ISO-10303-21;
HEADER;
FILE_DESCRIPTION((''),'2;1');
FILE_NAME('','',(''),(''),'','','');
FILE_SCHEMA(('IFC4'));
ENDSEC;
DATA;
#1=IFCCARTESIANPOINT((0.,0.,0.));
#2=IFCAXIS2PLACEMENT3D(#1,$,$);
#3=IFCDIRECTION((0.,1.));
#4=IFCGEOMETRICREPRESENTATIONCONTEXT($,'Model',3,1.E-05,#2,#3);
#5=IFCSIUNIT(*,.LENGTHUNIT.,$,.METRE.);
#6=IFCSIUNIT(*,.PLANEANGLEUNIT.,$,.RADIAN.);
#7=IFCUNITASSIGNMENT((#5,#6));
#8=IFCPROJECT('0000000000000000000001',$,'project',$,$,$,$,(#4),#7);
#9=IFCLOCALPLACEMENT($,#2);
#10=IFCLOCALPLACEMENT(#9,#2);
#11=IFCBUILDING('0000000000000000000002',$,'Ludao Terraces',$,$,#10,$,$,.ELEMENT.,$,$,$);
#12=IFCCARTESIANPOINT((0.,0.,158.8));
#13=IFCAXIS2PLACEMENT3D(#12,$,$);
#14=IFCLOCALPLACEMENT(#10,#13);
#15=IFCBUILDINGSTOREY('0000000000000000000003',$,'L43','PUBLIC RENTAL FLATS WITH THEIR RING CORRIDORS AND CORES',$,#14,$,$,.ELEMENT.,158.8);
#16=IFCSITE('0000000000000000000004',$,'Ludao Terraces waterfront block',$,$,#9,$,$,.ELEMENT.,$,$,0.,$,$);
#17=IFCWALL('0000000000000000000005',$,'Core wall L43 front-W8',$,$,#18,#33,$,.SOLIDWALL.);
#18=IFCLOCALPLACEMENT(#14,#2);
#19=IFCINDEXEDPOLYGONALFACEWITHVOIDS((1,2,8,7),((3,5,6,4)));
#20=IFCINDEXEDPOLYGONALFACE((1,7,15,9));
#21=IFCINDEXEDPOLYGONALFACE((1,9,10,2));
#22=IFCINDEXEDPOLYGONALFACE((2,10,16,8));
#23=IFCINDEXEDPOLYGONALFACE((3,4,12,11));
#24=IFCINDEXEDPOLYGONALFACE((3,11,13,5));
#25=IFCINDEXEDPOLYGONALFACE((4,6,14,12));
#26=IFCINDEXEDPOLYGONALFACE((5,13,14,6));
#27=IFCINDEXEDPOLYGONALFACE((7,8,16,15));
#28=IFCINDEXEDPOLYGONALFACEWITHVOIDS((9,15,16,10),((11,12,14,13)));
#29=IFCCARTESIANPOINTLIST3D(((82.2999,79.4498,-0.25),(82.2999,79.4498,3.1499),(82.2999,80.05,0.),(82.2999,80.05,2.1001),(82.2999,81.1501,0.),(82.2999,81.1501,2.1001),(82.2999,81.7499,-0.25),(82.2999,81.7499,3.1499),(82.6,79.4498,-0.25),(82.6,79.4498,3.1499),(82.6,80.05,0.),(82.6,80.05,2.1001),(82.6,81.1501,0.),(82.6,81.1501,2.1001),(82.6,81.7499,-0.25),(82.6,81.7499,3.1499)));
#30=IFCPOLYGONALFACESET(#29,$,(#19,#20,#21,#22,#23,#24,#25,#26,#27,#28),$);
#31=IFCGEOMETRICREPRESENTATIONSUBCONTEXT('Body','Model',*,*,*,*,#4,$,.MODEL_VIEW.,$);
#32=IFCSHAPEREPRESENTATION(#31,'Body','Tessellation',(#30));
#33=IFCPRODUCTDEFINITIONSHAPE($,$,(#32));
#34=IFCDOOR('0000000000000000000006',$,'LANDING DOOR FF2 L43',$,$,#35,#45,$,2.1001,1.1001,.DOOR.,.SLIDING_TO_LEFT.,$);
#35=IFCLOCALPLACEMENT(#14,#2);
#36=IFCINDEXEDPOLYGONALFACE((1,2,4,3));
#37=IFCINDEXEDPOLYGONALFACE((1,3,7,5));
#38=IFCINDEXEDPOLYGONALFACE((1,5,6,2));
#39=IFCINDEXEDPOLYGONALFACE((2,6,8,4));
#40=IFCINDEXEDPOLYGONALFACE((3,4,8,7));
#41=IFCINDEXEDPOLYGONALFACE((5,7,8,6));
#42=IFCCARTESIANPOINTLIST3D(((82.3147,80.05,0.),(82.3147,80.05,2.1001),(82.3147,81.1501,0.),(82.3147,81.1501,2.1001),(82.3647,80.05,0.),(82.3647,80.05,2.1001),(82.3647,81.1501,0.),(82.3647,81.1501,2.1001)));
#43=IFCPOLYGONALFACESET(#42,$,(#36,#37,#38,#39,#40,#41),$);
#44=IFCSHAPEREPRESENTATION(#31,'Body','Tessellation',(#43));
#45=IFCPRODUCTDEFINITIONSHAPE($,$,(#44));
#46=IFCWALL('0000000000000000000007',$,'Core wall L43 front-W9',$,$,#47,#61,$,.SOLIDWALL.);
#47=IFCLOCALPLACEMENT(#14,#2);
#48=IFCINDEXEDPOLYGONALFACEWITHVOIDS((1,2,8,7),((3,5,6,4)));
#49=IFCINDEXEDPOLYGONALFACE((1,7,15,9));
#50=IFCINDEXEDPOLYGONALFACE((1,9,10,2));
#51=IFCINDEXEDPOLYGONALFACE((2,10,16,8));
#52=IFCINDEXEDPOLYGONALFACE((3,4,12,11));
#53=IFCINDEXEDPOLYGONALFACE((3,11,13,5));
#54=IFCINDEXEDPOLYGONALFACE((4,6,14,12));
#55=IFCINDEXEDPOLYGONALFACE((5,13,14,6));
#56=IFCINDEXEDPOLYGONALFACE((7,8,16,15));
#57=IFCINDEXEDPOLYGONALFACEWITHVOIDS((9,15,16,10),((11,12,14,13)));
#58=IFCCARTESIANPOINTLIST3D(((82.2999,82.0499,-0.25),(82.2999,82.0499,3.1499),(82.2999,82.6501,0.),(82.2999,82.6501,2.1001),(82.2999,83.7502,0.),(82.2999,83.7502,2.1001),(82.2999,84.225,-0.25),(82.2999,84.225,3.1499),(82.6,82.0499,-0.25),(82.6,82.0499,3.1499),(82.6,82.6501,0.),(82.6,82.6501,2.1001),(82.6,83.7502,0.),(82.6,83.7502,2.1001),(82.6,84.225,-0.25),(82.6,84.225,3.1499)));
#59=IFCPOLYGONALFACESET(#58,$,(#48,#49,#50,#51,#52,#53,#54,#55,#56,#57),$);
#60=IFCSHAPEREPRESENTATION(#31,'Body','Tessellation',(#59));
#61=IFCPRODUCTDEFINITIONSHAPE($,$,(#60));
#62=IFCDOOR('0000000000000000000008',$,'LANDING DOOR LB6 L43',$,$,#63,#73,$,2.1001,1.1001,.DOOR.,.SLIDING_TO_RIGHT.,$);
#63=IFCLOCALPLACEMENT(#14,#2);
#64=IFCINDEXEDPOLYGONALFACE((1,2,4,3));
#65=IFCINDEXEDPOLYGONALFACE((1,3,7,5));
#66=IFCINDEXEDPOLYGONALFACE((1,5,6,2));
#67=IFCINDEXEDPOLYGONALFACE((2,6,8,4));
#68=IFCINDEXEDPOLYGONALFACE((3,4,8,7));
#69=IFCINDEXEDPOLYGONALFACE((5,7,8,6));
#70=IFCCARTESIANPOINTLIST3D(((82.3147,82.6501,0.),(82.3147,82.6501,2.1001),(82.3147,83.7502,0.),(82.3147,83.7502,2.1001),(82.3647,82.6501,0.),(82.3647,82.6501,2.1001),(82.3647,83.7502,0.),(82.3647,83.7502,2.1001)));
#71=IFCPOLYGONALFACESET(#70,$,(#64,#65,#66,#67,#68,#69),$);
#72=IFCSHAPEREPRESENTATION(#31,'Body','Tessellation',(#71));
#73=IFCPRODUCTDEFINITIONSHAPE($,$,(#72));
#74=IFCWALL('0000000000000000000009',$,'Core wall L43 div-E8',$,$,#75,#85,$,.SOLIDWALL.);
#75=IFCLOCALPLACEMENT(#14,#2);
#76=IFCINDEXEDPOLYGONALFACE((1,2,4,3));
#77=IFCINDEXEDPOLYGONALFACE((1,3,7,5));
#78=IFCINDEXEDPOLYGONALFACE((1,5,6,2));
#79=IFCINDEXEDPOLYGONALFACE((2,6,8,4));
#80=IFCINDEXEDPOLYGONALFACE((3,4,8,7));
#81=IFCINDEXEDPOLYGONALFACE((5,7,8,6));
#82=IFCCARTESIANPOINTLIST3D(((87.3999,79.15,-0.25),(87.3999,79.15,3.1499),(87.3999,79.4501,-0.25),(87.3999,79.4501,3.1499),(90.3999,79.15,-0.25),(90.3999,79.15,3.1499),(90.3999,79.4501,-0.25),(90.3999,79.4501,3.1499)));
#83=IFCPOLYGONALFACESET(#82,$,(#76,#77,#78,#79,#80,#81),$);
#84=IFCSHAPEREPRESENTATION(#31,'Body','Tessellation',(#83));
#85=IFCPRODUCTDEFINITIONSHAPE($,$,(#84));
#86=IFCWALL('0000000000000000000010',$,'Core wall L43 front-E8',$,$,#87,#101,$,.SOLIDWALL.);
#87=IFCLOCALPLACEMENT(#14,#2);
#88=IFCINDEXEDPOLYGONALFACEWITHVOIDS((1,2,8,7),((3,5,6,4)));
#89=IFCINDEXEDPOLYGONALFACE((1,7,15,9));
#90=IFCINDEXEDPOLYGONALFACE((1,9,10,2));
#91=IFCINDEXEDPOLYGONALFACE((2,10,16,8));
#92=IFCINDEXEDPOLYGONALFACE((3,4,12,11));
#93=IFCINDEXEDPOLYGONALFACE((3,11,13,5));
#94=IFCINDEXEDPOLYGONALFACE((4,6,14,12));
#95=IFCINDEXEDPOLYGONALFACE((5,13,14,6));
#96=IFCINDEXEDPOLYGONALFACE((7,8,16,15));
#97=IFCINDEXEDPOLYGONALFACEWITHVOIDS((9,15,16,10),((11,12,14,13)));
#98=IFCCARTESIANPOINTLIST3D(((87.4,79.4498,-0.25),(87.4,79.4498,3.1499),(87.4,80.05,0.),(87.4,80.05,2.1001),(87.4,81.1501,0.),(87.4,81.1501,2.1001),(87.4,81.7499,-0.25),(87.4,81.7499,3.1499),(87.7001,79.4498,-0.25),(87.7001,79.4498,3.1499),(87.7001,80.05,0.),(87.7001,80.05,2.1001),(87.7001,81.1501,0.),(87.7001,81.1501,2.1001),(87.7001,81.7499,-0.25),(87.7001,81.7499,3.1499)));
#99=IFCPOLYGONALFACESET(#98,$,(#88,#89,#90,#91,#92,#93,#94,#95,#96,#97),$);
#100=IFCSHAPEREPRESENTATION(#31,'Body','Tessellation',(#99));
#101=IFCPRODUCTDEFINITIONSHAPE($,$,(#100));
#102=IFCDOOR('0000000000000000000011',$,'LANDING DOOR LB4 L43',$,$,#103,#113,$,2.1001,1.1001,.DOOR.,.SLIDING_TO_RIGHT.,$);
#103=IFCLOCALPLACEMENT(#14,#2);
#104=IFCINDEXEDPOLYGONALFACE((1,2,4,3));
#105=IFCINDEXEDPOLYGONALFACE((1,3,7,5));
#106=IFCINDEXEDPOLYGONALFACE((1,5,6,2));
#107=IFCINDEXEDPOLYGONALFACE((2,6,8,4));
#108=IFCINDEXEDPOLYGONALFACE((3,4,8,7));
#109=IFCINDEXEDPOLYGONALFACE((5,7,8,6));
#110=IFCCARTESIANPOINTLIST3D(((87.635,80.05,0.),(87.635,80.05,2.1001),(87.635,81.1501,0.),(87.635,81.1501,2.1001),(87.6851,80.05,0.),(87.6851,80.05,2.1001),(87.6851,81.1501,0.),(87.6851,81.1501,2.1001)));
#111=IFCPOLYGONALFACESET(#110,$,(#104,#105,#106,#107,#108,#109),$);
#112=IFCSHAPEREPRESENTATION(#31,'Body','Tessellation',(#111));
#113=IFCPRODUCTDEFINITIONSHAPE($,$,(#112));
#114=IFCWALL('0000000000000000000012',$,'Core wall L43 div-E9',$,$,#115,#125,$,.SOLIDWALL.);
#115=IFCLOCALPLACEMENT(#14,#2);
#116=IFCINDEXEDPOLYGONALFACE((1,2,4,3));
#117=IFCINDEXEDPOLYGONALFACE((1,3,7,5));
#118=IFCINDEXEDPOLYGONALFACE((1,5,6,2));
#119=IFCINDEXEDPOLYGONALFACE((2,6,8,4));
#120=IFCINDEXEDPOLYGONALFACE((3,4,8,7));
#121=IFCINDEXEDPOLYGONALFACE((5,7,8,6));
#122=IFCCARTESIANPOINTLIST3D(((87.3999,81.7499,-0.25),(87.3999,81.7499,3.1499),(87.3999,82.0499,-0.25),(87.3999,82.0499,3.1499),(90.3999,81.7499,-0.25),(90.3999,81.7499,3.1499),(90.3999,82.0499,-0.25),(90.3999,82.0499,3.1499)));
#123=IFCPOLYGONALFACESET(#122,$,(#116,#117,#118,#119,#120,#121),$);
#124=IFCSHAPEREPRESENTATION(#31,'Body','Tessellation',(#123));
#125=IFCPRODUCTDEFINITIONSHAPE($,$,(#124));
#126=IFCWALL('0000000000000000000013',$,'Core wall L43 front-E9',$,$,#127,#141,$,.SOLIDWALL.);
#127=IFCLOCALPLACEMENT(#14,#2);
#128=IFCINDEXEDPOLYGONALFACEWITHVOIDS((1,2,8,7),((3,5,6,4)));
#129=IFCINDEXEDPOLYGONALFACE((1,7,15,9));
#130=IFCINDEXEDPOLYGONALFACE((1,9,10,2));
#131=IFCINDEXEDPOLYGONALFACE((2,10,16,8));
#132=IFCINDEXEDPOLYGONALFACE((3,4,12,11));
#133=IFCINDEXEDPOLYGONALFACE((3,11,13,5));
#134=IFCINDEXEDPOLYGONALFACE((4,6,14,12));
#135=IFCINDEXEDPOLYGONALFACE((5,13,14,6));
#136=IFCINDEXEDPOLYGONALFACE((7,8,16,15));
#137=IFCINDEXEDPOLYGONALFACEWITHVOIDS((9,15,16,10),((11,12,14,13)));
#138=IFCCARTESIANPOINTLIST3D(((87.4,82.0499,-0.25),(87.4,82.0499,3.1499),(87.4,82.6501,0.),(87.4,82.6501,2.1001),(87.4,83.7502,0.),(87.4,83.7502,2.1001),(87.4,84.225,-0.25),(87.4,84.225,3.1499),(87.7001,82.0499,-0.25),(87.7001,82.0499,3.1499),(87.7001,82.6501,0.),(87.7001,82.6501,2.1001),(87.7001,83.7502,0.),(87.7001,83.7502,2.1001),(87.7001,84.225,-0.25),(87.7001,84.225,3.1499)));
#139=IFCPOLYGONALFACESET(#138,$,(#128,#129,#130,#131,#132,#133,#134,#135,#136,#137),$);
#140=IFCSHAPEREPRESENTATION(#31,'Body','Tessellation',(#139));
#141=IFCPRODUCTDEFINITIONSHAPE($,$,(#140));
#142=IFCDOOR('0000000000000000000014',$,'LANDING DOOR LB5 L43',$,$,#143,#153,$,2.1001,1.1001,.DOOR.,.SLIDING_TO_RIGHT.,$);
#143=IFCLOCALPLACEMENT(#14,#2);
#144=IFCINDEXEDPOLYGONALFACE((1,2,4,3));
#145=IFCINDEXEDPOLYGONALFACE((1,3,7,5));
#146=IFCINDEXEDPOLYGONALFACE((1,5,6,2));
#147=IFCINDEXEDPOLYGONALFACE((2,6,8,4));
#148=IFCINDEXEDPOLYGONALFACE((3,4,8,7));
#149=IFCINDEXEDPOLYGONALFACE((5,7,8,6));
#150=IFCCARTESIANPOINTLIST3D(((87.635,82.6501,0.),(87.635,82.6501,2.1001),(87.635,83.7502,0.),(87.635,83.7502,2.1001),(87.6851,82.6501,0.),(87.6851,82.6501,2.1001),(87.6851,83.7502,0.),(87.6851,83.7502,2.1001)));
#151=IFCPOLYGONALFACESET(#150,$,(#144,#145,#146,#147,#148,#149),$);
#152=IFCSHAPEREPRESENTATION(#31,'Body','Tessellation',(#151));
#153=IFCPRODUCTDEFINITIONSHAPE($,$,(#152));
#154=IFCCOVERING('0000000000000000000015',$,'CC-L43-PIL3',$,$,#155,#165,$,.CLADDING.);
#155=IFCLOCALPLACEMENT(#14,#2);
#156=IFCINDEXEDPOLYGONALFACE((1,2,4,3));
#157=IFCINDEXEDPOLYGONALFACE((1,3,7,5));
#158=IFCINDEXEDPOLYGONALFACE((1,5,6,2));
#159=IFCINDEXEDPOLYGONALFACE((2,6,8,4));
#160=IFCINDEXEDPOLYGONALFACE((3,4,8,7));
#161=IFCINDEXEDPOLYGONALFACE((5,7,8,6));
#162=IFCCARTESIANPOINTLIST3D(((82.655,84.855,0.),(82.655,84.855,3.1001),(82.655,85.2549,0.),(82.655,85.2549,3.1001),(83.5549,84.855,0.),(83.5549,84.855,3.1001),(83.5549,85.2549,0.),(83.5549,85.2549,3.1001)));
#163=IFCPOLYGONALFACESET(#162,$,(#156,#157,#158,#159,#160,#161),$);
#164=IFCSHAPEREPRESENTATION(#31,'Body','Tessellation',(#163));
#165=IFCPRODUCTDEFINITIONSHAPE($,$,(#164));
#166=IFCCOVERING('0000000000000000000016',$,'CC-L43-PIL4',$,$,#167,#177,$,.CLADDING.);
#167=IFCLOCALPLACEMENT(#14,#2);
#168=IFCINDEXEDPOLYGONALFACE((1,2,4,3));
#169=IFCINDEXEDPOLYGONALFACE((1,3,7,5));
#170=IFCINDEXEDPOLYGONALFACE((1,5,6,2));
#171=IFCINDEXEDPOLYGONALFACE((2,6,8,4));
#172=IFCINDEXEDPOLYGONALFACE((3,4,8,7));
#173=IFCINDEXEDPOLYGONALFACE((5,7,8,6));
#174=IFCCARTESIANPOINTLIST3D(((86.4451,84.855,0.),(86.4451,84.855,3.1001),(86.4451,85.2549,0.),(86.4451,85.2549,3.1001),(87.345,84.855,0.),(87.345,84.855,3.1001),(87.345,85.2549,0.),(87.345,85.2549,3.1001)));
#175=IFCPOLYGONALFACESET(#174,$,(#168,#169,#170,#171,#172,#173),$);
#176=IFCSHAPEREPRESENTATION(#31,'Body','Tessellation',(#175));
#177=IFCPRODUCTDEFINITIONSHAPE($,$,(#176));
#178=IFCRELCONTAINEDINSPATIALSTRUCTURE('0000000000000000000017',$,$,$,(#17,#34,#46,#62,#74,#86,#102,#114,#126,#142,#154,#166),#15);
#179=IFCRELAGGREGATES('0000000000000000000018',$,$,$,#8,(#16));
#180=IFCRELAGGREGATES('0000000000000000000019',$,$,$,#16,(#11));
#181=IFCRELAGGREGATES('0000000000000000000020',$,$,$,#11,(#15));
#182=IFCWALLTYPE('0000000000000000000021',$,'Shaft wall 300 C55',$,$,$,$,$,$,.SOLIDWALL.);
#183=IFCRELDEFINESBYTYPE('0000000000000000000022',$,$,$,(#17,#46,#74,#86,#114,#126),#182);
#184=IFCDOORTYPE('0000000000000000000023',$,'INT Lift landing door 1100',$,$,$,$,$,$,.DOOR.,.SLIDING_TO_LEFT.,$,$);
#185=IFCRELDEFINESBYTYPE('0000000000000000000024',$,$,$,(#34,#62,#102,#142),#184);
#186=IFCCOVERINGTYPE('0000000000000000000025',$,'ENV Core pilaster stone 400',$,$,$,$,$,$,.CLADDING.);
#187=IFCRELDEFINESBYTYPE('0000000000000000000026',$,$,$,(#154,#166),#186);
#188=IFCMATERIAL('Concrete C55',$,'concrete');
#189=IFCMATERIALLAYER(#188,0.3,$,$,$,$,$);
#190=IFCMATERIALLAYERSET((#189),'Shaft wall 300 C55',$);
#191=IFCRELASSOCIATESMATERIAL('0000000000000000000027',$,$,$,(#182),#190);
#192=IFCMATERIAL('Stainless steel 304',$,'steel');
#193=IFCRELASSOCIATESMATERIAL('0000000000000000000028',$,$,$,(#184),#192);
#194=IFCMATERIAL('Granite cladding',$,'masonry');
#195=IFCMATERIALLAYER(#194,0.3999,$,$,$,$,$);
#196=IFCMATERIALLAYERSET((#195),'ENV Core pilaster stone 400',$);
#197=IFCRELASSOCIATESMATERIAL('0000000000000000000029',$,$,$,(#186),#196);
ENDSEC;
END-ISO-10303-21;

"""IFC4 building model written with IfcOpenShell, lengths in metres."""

from ifc_helpers import new_model, si_unit, direction, frame, frame_2d, origin, origin_2d, place, context, subcontext, project, spatial, rectangle, extrude, material, layer, layer_set, type_object, element, fill, save


model = new_model("IFC4")

# Units and contexts
model_context = context("Model", 3, precision=1e-05, world=origin(), true_north=direction((0.0, 1.0)))
body_context = subcontext(model_context, "Body", "Model", "MODEL_VIEW")
ifc_project = project(units=[si_unit("LENGTHUNIT", "METRE"), si_unit("PLANEANGLEUNIT", "RADIAN")], contexts=[model_context])

# Site, building, storey
site_placement = place(None, origin())
site = spatial("IfcSite", under=ifc_project, at=site_placement, Name="Ludao Terraces waterfront block", CompositionType="ELEMENT", RefElevation=0.0)
building_placement = place(site_placement, origin())
building = spatial("IfcBuilding", under=site, at=building_placement, Name="Ludao Terraces", CompositionType="ELEMENT")
storey_placement = place(building_placement, frame((0.0, 0.0, 158.8)))
storey = spatial("IfcBuildingStorey", under=building, at=storey_placement, Name="L43", Description="PUBLIC RENTAL FLATS WITH THEIR RING CORRIDORS AND CORES", CompositionType="ELEMENT", Elevation=158.8)

# Walls, openings, doors
ifc_material_1 = material(Name="Concrete C55", Category="concrete")
ifc_layer_1 = layer(ifc_material_1, 0.3)
ifc_layer_set_1 = layer_set([ifc_layer_1], Name="Shaft wall 300 C55")
wall_type = type_object("IfcWallType", Name="Shaft wall 300 C55", PredefinedType="SOLIDWALL", material=ifc_layer_set_1)
wall_1_placement = place(storey_placement, frame((82.45, 79.45, -0.25), z_axis=(0.0, 0.0, 1.0), x_axis=(0.0, 1.0, 0.0)))
wall_1 = element("IfcWall", 1, at=wall_1_placement, inside=storey, type_object=wall_type, Name="Core wall L43 front-W8", PredefinedType="SOLIDWALL", context=body_context, shape_type="SweptSolid", body=[
    extrude(rectangle(XDim=2.3, YDim=0.3, at=frame_2d((1.1499, 0.0))), origin(), (0.0, 0.0, 1.0), 3.3999),
])
opening_1_placement = place(wall_1_placement, frame((0.6001, 0.0, 0.25)))
opening_1 = element("IfcOpeningElement", 2, at=opening_1_placement, cuts=wall_1, PredefinedType="OPENING", context=body_context, shape_type="SweptSolid", body=[
    extrude(rectangle(XDim=1.1001, YDim=2.1001, at=frame_2d((0.55, 1.05))), frame((0.0, 0.1602, 0.0), z_axis=(0.0, -1.0, 0.0), x_axis=(1.0, 0.0, 0.0)), (0.0, 0.0, 1.0), 0.3201),
])
ifc_material_2 = material(Name="Stainless steel 304", Category="steel")
door_type = type_object("IfcDoorType", Name="INT Lift landing door 1100", OperationType="SLIDING_TO_LEFT", PredefinedType="DOOR", material=ifc_material_2)
door_1_placement = place(opening_1_placement, origin())
door_1 = element("IfcDoor", 3, at=door_1_placement, inside=storey, type_object=door_type, Name="LANDING DOOR FF2 L43", OperationType="SLIDING_TO_LEFT", OverallHeight=2.1001, OverallWidth=1.1001, PredefinedType="DOOR", context=body_context, shape_type="SweptSolid", body=[
    extrude(rectangle(XDim=1.1001, YDim=2.1001, at=frame_2d((0.55, 1.05))), frame((0.0, 0.1353, 0.0), z_axis=(0.0, -1.0, 0.0), x_axis=(1.0, 0.0, 0.0)), (0.0, 0.0, 1.0), 0.05),
])
fill(opening_1, door_1)
wall_2_placement = place(storey_placement, frame((82.45, 82.05, -0.25), z_axis=(0.0, 0.0, 1.0), x_axis=(0.0, 1.0, 0.0)))
wall_2 = element("IfcWall", 4, at=wall_2_placement, inside=storey, type_object=wall_type, Name="Core wall L43 front-W9", PredefinedType="SOLIDWALL", context=body_context, shape_type="SweptSolid", body=[
    extrude(rectangle(XDim=2.175, YDim=0.3, at=frame_2d((1.0874, 0.0))), origin(), (0.0, 0.0, 1.0), 3.3999),
])
opening_2_placement = place(wall_2_placement, frame((0.6001, 0.0, 0.25)))
opening_2 = element("IfcOpeningElement", 5, at=opening_2_placement, cuts=wall_2, PredefinedType="OPENING", context=body_context, shape_type="SweptSolid", body=[
    extrude(rectangle(XDim=1.1001, YDim=2.1001, at=frame_2d((0.55, 1.05))), frame((0.0, 0.1602, 0.0), z_axis=(0.0, -1.0, 0.0), x_axis=(1.0, 0.0, 0.0)), (0.0, 0.0, 1.0), 0.3201),
])
door_2_placement = place(opening_2_placement, origin())
door_2 = element("IfcDoor", 6, at=door_2_placement, inside=storey, type_object=door_type, Name="LANDING DOOR LB6 L43", OperationType="SLIDING_TO_RIGHT", OverallHeight=2.1001, OverallWidth=1.1001, PredefinedType="DOOR", context=body_context, shape_type="SweptSolid", body=[
    extrude(rectangle(XDim=1.1001, YDim=2.1001, at=frame_2d((0.55, 1.05))), frame((0.0, 0.1353, 0.0), z_axis=(0.0, -1.0, 0.0), x_axis=(1.0, 0.0, 0.0)), (0.0, 0.0, 1.0), 0.05),
])
fill(opening_2, door_2)

# Wall
wall_3_placement = place(storey_placement, frame((87.3999, 79.3, -0.25), z_axis=(0.0, 0.0, 1.0), x_axis=(1.0, 0.0, 0.0)))
element("IfcWall", 7, at=wall_3_placement, inside=storey, type_object=wall_type, Name="Core wall L43 div-E8", PredefinedType="SOLIDWALL", context=body_context, shape_type="SweptSolid", body=[
    extrude(rectangle(XDim=3.0, YDim=0.3, at=frame_2d((1.5, 0.0))), origin(), (0.0, 0.0, 1.0), 3.3999),
])

# Wall, opening, door
wall_4_placement = place(storey_placement, frame((87.55, 79.45, -0.25), z_axis=(0.0, 0.0, 1.0), x_axis=(0.0, 1.0, 0.0)))
wall_4 = element("IfcWall", 8, at=wall_4_placement, inside=storey, type_object=wall_type, Name="Core wall L43 front-E8", PredefinedType="SOLIDWALL", context=body_context, shape_type="SweptSolid", body=[
    extrude(rectangle(XDim=2.3, YDim=0.3, at=frame_2d((1.1499, 0.0))), origin(), (0.0, 0.0, 1.0), 3.3999),
])
opening_3_placement = place(wall_4_placement, frame((0.6001, 0.0, 0.25)))
opening_3 = element("IfcOpeningElement", 9, at=opening_3_placement, cuts=wall_4, PredefinedType="OPENING", context=body_context, shape_type="SweptSolid", body=[
    extrude(rectangle(XDim=1.1001, YDim=2.1001, at=frame_2d((0.55, 1.05))), frame((0.0, 0.1602, 0.0), z_axis=(0.0, -1.0, 0.0), x_axis=(1.0, 0.0, 0.0)), (0.0, 0.0, 1.0), 0.3201),
])
door_3_placement = place(opening_3_placement, origin())
door_3 = element("IfcDoor", 10, at=door_3_placement, inside=storey, type_object=door_type, Name="LANDING DOOR LB4 L43", OperationType="SLIDING_TO_RIGHT", OverallHeight=2.1001, OverallWidth=1.1001, PredefinedType="DOOR", context=body_context, shape_type="SweptSolid", body=[
    extrude(rectangle(XDim=1.1001, YDim=2.1001, at=frame_2d((0.55, 1.05))), frame((0.0, -0.085, 0.0), z_axis=(0.0, -1.0, 0.0), x_axis=(1.0, 0.0, 0.0)), (0.0, 0.0, 1.0), 0.05),
])
fill(opening_3, door_3)

# Wall
wall_5_placement = place(storey_placement, frame((87.3999, 81.8999, -0.25), z_axis=(0.0, 0.0, 1.0), x_axis=(1.0, 0.0, 0.0)))
element("IfcWall", 11, at=wall_5_placement, inside=storey, type_object=wall_type, Name="Core wall L43 div-E9", PredefinedType="SOLIDWALL", context=body_context, shape_type="SweptSolid", body=[
    extrude(rectangle(XDim=3.0, YDim=0.3, at=frame_2d((1.5, 0.0))), origin(), (0.0, 0.0, 1.0), 3.3999),
])

# Wall, opening, door
wall_6_placement = place(storey_placement, frame((87.55, 82.05, -0.25), z_axis=(0.0, 0.0, 1.0), x_axis=(0.0, 1.0, 0.0)))
wall_6 = element("IfcWall", 12, at=wall_6_placement, inside=storey, type_object=wall_type, Name="Core wall L43 front-E9", PredefinedType="SOLIDWALL", context=body_context, shape_type="SweptSolid", body=[
    extrude(rectangle(XDim=2.175, YDim=0.3, at=frame_2d((1.0874, 0.0))), origin(), (0.0, 0.0, 1.0), 3.3999),
])
opening_4_placement = place(wall_6_placement, frame((0.6001, 0.0, 0.25)))
opening_4 = element("IfcOpeningElement", 13, at=opening_4_placement, cuts=wall_6, PredefinedType="OPENING", context=body_context, shape_type="SweptSolid", body=[
    extrude(rectangle(XDim=1.1001, YDim=2.1001, at=frame_2d((0.55, 1.05))), frame((0.0, 0.1602, 0.0), z_axis=(0.0, -1.0, 0.0), x_axis=(1.0, 0.0, 0.0)), (0.0, 0.0, 1.0), 0.3201),
])
door_4_placement = place(opening_4_placement, origin())
door_4 = element("IfcDoor", 14, at=door_4_placement, inside=storey, type_object=door_type, Name="LANDING DOOR LB5 L43", OperationType="SLIDING_TO_RIGHT", OverallHeight=2.1001, OverallWidth=1.1001, PredefinedType="DOOR", context=body_context, shape_type="SweptSolid", body=[
    extrude(rectangle(XDim=1.1001, YDim=2.1001, at=frame_2d((0.55, 1.05))), frame((0.0, -0.085, 0.0), z_axis=(0.0, -1.0, 0.0), x_axis=(1.0, 0.0, 0.0)), (0.0, 0.0, 1.0), 0.05),
])
fill(opening_4, door_4)

# Coverings
ifc_material_3 = material(Name="Granite cladding", Category="masonry")
ifc_layer_2 = layer(ifc_material_3, 0.3999)
ifc_layer_set_2 = layer_set([ifc_layer_2], Name="ENV Core pilaster stone 400")
covering_type_1 = type_object("IfcCoveringType", Name="ENV Core pilaster stone 400", PredefinedType="CLADDING", material=ifc_layer_set_2)
for number, where, z_axis, x_axis, name in (
    (15, (83.105, 85.0549, 0.0), (0.0, 0.0, 1.0), (1.0, 0.0, 0.0), "CC-L43-PIL3"),
    (16, (86.895, 85.0549, 0.0), (0.0, 0.0, 1.0), (1.0, 0.0, 0.0), "CC-L43-PIL4"),
):
    element("IfcCovering", number, at=place(storey_placement, frame(where, z_axis=z_axis, x_axis=x_axis)), inside=storey, type_object=covering_type_1, Name=name, PredefinedType="CLADDING", context=body_context, shape_type="SweptSolid", body=[
        extrude(rectangle(XDim=0.8999, YDim=0.3999, at=origin_2d()), origin(), (0.0, 0.0, 1.0), 3.1001),
    ])

save(model, "model.ifc")
